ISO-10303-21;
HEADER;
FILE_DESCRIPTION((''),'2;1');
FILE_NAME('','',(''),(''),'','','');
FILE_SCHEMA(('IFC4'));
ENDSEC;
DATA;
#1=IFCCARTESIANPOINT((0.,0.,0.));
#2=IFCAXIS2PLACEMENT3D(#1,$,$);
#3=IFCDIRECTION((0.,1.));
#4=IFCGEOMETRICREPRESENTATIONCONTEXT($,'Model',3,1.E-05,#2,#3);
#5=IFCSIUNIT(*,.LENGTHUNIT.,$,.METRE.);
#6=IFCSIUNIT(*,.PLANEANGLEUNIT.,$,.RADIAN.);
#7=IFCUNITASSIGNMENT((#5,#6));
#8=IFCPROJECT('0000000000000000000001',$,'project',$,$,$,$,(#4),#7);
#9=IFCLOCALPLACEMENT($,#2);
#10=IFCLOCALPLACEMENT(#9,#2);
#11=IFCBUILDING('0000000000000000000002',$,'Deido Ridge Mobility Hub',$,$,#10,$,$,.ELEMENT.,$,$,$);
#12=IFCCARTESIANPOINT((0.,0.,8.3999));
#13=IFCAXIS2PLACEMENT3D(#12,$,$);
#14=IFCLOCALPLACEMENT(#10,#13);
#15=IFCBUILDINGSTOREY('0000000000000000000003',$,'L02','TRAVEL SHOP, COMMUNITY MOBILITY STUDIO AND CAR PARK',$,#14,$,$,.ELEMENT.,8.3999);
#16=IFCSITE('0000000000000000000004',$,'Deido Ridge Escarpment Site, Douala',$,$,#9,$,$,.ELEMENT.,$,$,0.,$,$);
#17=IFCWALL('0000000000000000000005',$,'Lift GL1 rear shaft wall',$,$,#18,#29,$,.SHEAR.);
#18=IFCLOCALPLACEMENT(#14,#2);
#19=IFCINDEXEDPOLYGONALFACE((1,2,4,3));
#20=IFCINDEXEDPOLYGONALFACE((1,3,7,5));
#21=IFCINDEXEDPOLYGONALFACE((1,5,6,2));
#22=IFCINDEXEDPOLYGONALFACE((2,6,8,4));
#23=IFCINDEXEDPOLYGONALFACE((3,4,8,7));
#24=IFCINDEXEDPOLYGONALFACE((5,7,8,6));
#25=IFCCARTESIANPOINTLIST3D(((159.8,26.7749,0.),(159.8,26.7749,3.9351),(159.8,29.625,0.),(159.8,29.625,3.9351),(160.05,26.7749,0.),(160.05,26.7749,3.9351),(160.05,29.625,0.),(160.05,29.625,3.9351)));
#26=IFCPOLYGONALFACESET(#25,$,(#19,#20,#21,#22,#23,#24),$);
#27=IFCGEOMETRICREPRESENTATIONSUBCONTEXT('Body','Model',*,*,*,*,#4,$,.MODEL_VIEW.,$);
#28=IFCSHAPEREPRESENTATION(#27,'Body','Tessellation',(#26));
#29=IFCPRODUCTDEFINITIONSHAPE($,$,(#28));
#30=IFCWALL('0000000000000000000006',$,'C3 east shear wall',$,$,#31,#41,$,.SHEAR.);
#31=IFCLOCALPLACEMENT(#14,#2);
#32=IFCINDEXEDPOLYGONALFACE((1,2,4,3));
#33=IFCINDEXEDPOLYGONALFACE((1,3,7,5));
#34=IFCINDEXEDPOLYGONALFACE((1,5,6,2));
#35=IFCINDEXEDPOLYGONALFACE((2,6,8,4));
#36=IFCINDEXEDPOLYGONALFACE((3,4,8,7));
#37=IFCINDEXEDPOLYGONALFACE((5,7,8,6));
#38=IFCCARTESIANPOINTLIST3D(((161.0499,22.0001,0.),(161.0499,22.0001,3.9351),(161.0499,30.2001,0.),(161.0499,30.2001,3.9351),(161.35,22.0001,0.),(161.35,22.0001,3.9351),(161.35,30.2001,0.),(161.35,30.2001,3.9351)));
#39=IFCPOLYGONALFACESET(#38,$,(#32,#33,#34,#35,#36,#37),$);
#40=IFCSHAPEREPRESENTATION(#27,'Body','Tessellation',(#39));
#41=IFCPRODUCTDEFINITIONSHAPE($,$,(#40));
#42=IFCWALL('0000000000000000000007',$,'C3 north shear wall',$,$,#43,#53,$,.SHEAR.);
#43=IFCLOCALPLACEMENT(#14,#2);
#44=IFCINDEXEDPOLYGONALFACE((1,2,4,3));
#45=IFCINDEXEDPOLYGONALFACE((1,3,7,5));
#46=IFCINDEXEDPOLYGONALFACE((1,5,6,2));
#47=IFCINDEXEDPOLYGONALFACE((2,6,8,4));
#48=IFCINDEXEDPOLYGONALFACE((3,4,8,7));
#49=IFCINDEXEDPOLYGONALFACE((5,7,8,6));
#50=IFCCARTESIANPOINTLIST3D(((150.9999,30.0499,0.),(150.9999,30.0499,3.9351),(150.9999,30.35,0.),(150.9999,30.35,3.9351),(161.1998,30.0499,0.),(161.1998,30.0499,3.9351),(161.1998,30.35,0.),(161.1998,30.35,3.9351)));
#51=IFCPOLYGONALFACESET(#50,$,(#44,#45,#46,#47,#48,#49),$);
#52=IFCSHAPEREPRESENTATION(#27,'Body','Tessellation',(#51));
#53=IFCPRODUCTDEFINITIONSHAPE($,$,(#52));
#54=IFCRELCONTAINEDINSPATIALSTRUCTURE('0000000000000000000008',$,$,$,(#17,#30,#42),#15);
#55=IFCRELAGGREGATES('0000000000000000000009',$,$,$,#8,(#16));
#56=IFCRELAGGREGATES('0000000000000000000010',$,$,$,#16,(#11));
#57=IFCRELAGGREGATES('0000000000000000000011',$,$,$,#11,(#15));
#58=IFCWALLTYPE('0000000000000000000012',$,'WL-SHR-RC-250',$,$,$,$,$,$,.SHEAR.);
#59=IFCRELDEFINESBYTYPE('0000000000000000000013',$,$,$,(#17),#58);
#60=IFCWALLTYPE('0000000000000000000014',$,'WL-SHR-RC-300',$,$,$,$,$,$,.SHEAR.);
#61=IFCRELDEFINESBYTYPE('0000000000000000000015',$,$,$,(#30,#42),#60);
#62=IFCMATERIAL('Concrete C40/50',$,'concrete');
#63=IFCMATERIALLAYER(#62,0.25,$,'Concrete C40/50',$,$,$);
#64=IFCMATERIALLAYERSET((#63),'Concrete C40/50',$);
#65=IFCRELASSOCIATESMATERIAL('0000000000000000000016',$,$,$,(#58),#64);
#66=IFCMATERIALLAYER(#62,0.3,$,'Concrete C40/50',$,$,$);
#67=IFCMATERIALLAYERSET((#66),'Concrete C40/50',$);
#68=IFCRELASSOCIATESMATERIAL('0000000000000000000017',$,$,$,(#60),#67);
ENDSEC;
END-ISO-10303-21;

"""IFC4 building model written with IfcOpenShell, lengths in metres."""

from ifc_helpers import new_model, si_unit, direction, frame, frame_2d, origin, place, context, subcontext, project, spatial, rectangle, extrude, material, layer, layer_set, type_object, element, save


model = new_model("IFC4")

# Units and contexts
model_context = context("Model", 3, precision=1e-05, world=origin(), true_north=direction((0.0, 1.0)))
body_context = subcontext(model_context, "Body", "Model", "MODEL_VIEW")
ifc_project = project(units=[si_unit("LENGTHUNIT", "METRE"), si_unit("PLANEANGLEUNIT", "RADIAN")], contexts=[model_context])

# Site, building, storey
site_placement = place(None, origin())
site = spatial("IfcSite", under=ifc_project, at=site_placement, Name="Deido Ridge Escarpment Site, Douala", CompositionType="ELEMENT", RefElevation=0.0)
building_placement = place(site_placement, origin())
building = spatial("IfcBuilding", under=site, at=building_placement, Name="Deido Ridge Mobility Hub", CompositionType="ELEMENT")
storey_placement = place(building_placement, frame((0.0, 0.0, 8.3999)))
storey = spatial("IfcBuildingStorey", under=building, at=storey_placement, Name="L02", Description="TRAVEL SHOP, COMMUNITY MOBILITY STUDIO AND CAR PARK", CompositionType="ELEMENT", Elevation=8.3999)

# Shared definitions
ifc_material_1 = material(Name="Concrete C40/50", Category="concrete")
ifc_layer_1 = layer(ifc_material_1, 0.25, Name="Concrete C40/50")
ifc_layer_set_1 = layer_set([ifc_layer_1], Name="Concrete C40/50")
wall_type_1 = type_object("IfcWallType", Name="WL-SHR-RC-250", PredefinedType="SHEAR", material=ifc_layer_set_1)

# Walls
wall_1_placement = place(storey_placement, frame((159.925, 26.7749, 0.0), z_axis=(0.0, 0.0, 1.0), x_axis=(0.0, 1.0, 0.0)))
element("IfcWall", 1, at=wall_1_placement, inside=storey, type_object=wall_type_1, Name="Lift GL1 rear shaft wall", PredefinedType="SHEAR", context=body_context, shape_type="SweptSolid", body=[
    extrude(rectangle(XDim=2.8501, YDim=0.25, at=frame_2d((1.425, 0.0))), origin(), (0.0, 0.0, 1.0), 3.9351),
])
ifc_layer_2 = layer(ifc_material_1, 0.3, Name="Concrete C40/50")
ifc_layer_set_2 = layer_set([ifc_layer_2], Name="Concrete C40/50")
wall_type_2 = type_object("IfcWallType", Name="WL-SHR-RC-300", PredefinedType="SHEAR", material=ifc_layer_set_2)
wall_2_placement = place(storey_placement, frame((161.2, 22.0, 0.0), z_axis=(0.0, 0.0, 1.0), x_axis=(0.0, 1.0, 0.0)))
element("IfcWall", 2, at=wall_2_placement, inside=storey, type_object=wall_type_2, Name="C3 east shear wall", PredefinedType="SHEAR", context=body_context, shape_type="SweptSolid", body=[
    extrude(rectangle(XDim=8.2, YDim=0.3, at=frame_2d((4.1001, 0.0))), origin(), (0.0, 0.0, 1.0), 3.9351),
])
wall_3_placement = place(storey_placement, frame((161.2, 30.2, 0.0), z_axis=(0.0, 0.0, 1.0), x_axis=(-1.0, 0.0, 0.0)))
element("IfcWall", 3, at=wall_3_placement, inside=storey, type_object=wall_type_2, Name="C3 north shear wall", PredefinedType="SHEAR", context=body_context, shape_type="SweptSolid", body=[
    extrude(rectangle(XDim=10.2, YDim=0.3, at=frame_2d((5.1001, 0.0))), origin(), (0.0, 0.0, 1.0), 3.9351),
])

save(model, "model.ifc")
